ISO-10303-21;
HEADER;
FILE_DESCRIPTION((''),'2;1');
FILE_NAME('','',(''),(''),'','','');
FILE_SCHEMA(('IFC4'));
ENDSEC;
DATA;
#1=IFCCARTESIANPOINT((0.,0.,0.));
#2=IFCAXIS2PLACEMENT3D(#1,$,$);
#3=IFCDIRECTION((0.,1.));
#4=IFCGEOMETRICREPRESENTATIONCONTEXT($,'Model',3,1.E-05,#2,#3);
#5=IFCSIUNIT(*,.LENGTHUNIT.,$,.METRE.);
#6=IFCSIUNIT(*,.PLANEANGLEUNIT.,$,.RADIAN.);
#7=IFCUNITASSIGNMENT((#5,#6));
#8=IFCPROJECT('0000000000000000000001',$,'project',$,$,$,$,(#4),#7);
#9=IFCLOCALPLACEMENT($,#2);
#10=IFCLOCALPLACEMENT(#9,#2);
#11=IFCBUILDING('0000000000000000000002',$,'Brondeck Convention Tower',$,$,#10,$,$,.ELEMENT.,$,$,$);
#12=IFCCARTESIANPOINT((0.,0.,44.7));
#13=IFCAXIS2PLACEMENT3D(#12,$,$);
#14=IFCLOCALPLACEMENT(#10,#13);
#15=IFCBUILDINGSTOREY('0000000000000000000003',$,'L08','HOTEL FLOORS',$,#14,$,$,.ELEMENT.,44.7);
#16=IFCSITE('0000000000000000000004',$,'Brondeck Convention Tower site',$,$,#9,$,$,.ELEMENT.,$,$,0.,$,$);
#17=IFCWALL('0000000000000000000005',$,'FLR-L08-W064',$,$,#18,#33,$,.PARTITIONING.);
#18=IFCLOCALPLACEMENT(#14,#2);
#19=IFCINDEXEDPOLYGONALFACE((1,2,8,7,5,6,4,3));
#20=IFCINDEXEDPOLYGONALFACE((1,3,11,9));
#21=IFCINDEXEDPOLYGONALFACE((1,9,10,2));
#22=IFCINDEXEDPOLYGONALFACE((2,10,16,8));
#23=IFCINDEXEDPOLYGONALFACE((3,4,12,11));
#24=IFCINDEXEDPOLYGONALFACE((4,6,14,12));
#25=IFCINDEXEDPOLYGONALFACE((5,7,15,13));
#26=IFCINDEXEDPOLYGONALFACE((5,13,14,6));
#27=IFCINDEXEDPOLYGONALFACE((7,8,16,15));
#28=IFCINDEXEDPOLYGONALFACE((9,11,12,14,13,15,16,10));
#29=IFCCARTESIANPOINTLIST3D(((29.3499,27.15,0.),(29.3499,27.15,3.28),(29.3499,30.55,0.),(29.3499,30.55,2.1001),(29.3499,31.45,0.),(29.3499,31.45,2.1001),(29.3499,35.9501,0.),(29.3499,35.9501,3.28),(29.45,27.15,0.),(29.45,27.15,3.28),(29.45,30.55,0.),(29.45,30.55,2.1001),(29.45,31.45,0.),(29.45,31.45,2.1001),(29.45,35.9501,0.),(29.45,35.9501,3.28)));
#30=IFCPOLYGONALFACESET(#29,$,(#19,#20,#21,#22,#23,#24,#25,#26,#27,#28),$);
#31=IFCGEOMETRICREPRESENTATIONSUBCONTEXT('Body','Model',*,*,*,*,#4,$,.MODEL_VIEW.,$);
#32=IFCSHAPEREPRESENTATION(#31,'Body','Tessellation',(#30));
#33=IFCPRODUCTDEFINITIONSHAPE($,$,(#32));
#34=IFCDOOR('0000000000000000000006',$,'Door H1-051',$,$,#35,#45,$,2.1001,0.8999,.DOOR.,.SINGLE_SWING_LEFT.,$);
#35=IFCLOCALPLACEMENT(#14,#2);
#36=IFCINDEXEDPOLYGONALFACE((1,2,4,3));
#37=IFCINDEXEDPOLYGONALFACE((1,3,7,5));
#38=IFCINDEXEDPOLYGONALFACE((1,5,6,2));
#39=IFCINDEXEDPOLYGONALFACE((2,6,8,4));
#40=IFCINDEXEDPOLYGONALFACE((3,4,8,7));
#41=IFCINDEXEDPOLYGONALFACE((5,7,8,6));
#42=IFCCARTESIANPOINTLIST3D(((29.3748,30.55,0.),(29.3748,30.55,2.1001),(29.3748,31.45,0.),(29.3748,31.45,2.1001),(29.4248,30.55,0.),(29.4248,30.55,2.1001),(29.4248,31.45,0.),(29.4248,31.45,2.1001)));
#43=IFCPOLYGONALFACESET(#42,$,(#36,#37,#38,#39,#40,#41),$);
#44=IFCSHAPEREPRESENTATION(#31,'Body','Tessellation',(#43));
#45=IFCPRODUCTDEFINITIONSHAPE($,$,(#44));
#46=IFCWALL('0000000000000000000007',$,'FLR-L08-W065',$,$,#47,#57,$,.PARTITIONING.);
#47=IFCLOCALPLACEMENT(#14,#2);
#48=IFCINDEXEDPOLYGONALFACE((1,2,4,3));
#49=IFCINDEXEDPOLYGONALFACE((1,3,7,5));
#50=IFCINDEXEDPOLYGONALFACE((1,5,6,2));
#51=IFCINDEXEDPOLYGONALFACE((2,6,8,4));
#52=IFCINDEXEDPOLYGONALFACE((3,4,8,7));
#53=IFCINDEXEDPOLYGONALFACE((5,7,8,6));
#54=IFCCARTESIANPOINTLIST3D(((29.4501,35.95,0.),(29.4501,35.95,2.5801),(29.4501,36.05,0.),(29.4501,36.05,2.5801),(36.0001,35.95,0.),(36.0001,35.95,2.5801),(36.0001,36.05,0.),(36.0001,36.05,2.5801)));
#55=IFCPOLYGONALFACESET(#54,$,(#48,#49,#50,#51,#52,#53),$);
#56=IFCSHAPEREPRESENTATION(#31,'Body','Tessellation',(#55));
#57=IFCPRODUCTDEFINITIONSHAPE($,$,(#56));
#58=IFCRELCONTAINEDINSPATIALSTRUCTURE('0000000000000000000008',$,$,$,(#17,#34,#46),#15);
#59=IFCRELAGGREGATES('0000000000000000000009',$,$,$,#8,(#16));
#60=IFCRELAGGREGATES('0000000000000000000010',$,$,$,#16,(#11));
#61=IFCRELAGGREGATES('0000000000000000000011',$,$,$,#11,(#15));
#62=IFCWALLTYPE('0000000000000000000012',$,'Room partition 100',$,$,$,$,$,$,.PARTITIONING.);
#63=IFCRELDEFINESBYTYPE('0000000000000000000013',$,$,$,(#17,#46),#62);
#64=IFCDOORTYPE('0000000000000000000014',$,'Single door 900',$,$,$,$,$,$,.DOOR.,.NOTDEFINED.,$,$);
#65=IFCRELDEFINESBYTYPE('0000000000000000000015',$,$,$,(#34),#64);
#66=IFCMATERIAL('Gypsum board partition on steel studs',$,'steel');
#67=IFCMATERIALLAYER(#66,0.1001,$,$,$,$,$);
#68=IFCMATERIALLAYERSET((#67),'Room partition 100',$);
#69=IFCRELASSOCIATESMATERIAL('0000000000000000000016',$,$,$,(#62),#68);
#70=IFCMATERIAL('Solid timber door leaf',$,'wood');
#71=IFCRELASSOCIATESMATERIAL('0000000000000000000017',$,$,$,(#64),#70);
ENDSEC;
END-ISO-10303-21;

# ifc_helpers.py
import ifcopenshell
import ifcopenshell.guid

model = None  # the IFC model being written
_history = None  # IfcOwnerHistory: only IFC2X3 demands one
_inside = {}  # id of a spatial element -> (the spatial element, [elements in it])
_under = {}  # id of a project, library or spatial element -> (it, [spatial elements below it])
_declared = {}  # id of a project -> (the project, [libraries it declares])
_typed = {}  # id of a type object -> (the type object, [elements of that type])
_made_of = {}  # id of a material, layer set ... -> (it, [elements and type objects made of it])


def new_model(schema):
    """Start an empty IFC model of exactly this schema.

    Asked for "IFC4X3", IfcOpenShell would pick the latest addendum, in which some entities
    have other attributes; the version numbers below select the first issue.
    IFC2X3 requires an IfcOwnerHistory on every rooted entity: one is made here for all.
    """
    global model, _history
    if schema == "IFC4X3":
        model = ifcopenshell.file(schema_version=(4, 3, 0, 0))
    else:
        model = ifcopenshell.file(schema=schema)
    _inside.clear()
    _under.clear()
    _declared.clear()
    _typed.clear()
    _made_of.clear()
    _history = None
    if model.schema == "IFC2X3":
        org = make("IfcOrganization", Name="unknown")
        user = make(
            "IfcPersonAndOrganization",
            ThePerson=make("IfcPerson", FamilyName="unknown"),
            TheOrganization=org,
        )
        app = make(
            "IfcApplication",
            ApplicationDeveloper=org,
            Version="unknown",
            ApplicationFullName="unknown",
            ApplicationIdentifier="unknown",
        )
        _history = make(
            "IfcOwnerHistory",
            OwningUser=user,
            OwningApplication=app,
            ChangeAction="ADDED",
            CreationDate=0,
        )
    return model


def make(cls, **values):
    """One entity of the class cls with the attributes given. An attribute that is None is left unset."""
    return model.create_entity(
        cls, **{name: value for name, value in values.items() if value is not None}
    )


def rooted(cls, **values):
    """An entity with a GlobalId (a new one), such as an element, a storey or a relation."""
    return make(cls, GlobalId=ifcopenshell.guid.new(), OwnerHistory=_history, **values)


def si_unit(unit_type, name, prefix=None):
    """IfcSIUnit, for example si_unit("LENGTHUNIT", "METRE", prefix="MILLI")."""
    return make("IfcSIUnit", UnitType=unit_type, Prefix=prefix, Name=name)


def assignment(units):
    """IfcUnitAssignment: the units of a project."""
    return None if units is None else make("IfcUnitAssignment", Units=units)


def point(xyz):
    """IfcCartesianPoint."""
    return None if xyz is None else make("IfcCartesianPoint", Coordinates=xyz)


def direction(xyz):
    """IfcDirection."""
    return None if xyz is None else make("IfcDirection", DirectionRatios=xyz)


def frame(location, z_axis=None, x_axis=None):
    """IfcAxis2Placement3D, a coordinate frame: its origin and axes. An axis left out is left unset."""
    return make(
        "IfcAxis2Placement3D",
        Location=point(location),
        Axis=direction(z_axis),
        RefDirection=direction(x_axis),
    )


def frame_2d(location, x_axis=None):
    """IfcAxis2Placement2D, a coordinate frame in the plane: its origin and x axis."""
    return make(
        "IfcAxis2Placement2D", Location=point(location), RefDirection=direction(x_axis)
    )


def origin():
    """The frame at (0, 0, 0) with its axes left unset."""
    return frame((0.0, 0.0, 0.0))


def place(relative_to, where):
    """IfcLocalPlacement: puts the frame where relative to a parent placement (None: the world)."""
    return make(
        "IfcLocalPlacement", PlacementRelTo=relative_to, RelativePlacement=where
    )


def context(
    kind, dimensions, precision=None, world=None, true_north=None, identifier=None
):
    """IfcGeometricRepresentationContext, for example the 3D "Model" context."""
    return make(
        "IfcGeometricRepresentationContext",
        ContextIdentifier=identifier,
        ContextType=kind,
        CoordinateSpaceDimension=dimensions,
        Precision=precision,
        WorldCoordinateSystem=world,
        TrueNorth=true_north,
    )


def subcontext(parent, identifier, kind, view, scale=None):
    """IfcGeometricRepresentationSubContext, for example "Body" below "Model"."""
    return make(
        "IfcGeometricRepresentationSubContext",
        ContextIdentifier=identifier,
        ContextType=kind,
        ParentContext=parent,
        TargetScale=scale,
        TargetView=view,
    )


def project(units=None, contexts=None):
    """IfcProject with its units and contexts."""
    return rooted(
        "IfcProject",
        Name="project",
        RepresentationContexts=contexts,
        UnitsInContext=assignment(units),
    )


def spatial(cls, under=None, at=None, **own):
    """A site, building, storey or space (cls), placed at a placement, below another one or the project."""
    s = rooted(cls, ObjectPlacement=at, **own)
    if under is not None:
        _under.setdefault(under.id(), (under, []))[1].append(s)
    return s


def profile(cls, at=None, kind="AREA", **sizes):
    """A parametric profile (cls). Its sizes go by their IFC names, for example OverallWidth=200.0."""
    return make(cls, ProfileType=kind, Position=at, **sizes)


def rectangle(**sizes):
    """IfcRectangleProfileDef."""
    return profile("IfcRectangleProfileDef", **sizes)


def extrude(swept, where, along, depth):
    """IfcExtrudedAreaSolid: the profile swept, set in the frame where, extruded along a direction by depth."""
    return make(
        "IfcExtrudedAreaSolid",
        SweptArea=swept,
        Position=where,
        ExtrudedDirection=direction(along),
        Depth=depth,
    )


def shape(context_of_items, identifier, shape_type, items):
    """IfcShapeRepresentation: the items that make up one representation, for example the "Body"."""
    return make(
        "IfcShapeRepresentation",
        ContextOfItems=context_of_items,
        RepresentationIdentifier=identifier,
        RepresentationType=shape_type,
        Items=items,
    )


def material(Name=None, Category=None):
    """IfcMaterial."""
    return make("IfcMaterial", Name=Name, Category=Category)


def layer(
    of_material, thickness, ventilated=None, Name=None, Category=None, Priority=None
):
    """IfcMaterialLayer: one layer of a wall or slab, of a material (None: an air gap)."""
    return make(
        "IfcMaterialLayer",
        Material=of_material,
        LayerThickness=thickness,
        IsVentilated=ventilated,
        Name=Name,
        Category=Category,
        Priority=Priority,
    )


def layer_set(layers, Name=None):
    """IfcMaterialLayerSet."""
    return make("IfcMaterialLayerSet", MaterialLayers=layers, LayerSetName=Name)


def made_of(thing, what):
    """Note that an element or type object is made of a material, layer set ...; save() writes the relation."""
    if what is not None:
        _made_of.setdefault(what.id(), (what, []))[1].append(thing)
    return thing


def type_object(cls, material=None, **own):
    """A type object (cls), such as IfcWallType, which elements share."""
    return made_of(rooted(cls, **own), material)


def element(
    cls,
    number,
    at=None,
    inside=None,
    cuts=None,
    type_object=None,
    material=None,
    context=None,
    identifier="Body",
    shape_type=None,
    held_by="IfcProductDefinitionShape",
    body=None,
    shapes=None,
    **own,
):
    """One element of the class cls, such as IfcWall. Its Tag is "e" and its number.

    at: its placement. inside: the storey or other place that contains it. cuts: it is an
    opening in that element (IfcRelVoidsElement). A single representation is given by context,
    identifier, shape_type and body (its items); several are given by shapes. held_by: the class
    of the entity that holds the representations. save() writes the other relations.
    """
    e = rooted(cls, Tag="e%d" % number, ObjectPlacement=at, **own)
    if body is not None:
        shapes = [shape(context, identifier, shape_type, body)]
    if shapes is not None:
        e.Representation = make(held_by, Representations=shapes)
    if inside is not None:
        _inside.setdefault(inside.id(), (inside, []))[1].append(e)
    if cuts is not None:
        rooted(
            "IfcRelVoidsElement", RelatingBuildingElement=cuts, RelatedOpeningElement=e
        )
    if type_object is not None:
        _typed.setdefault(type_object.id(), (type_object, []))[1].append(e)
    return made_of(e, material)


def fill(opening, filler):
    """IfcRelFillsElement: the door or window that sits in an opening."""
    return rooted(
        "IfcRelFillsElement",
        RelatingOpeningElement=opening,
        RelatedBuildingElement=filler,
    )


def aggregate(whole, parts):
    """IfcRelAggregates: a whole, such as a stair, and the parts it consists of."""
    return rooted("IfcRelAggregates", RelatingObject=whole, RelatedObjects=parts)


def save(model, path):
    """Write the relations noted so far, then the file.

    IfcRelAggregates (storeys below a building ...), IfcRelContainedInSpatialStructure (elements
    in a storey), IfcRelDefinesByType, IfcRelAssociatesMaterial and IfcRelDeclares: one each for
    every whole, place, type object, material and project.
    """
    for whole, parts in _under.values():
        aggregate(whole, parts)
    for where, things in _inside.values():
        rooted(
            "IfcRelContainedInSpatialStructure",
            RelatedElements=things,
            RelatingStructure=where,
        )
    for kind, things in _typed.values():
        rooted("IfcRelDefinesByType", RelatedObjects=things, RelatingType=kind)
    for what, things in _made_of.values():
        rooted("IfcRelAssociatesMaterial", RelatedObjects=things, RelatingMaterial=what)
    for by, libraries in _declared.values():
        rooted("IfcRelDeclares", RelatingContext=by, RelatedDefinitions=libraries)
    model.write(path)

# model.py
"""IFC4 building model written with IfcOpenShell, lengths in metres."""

from ifc_helpers import new_model, si_unit, direction, frame, frame_2d, origin, place, context, subcontext, project, spatial, rectangle, extrude, material, layer, layer_set, type_object, element, fill, save


model = new_model("IFC4")

# Units and contexts
model_context = context("Model", 3, precision=1e-05, world=origin(), true_north=direction((0.0, 1.0)))
body_context = subcontext(model_context, "Body", "Model", "MODEL_VIEW")
ifc_project = project(units=[si_unit("LENGTHUNIT", "METRE"), si_unit("PLANEANGLEUNIT", "RADIAN")], contexts=[model_context])

# Site, building, storey
site_placement = place(None, origin())
site = spatial("IfcSite", under=ifc_project, at=site_placement, Name="Brondeck Convention Tower site", CompositionType="ELEMENT", RefElevation=0.0)
building_placement = place(site_placement, origin())
building = spatial("IfcBuilding", under=site, at=building_placement, Name="Brondeck Convention Tower", CompositionType="ELEMENT")
storey_placement = place(building_placement, frame((0.0, 0.0, 44.7)))
storey = spatial("IfcBuildingStorey", under=building, at=storey_placement, Name="L08", Description="HOTEL FLOORS", CompositionType="ELEMENT", Elevation=44.7)

# Wall, opening, door
ifc_material_1 = material(Name="Gypsum board partition on steel studs", Category="steel")
ifc_layer_1 = layer(ifc_material_1, 0.1001)
ifc_layer_set_1 = layer_set([ifc_layer_1], Name="Room partition 100")
wall_type_1 = type_object("IfcWallType", Name="Room partition 100", PredefinedType="PARTITIONING", material=ifc_layer_set_1)
wall_1_placement = place(storey_placement, frame((29.3999, 35.95, 0.0), z_axis=(0.0, 0.0, 1.0), x_axis=(0.0, -1.0, 0.0)))
wall_1 = element("IfcWall", 1, at=wall_1_placement, inside=storey, type_object=wall_type_1, Name="FLR-L08-W064", PredefinedType="PARTITIONING", context=body_context, shape_type="SweptSolid", body=[
    extrude(rectangle(XDim=8.8, YDim=0.1001, at=frame_2d((4.3999, 0.0))), origin(), (0.0, 0.0, 1.0), 3.28),
])
opening_1_placement = place(wall_1_placement, frame((4.5, 0.0, 0.0)))
opening_1 = element("IfcOpeningElement", 2, at=opening_1_placement, cuts=wall_1, PredefinedType="OPENING", context=body_context, shape_type="SweptSolid", body=[
    extrude(rectangle(XDim=0.8999, YDim=2.1001, at=frame_2d((0.45, 1.05))), frame((0.0, 0.0601, 0.0), z_axis=(0.0, -1.0, 0.0), x_axis=(1.0, 0.0, 0.0)), (0.0, 0.0, 1.0), 0.1201),
])
ifc_material_2 = material(Name="Solid timber door leaf", Category="wood")
door_type = type_object("IfcDoorType", Name="Single door 900", OperationType="NOTDEFINED", PredefinedType="DOOR", material=ifc_material_2)
door_placement = place(opening_1_placement, origin())
door = element("IfcDoor", 3, at=door_placement, inside=storey, type_object=door_type, Name="Door H1-051", OperationType="SINGLE_SWING_LEFT", OverallHeight=2.1001, OverallWidth=0.8999, PredefinedType="DOOR", context=body_context, shape_type="SweptSolid", body=[
    extrude(rectangle(XDim=0.8999, YDim=2.1001, at=frame_2d((0.45, 1.05))), frame((0.0, 0.0249, 0.0), z_axis=(0.0, -1.0, 0.0), x_axis=(1.0, 0.0, 0.0)), (0.0, 0.0, 1.0), 0.05),
])
fill(opening_1, door)

# Wall
wall_2_placement = place(storey_placement, frame((36.0, 36.0, 0.0), z_axis=(0.0, 0.0, 1.0), x_axis=(-1.0, 0.0, 0.0)))
element("IfcWall", 4, at=wall_2_placement, inside=storey, type_object=wall_type_1, Name="FLR-L08-W065", PredefinedType="PARTITIONING", context=body_context, shape_type="SweptSolid", body=[
    extrude(rectangle(XDim=6.55, YDim=0.1001, at=frame_2d((3.2749, 0.0))), origin(), (0.0, 0.0, 1.0), 2.5801),
])

save(model, "model.ifc")
